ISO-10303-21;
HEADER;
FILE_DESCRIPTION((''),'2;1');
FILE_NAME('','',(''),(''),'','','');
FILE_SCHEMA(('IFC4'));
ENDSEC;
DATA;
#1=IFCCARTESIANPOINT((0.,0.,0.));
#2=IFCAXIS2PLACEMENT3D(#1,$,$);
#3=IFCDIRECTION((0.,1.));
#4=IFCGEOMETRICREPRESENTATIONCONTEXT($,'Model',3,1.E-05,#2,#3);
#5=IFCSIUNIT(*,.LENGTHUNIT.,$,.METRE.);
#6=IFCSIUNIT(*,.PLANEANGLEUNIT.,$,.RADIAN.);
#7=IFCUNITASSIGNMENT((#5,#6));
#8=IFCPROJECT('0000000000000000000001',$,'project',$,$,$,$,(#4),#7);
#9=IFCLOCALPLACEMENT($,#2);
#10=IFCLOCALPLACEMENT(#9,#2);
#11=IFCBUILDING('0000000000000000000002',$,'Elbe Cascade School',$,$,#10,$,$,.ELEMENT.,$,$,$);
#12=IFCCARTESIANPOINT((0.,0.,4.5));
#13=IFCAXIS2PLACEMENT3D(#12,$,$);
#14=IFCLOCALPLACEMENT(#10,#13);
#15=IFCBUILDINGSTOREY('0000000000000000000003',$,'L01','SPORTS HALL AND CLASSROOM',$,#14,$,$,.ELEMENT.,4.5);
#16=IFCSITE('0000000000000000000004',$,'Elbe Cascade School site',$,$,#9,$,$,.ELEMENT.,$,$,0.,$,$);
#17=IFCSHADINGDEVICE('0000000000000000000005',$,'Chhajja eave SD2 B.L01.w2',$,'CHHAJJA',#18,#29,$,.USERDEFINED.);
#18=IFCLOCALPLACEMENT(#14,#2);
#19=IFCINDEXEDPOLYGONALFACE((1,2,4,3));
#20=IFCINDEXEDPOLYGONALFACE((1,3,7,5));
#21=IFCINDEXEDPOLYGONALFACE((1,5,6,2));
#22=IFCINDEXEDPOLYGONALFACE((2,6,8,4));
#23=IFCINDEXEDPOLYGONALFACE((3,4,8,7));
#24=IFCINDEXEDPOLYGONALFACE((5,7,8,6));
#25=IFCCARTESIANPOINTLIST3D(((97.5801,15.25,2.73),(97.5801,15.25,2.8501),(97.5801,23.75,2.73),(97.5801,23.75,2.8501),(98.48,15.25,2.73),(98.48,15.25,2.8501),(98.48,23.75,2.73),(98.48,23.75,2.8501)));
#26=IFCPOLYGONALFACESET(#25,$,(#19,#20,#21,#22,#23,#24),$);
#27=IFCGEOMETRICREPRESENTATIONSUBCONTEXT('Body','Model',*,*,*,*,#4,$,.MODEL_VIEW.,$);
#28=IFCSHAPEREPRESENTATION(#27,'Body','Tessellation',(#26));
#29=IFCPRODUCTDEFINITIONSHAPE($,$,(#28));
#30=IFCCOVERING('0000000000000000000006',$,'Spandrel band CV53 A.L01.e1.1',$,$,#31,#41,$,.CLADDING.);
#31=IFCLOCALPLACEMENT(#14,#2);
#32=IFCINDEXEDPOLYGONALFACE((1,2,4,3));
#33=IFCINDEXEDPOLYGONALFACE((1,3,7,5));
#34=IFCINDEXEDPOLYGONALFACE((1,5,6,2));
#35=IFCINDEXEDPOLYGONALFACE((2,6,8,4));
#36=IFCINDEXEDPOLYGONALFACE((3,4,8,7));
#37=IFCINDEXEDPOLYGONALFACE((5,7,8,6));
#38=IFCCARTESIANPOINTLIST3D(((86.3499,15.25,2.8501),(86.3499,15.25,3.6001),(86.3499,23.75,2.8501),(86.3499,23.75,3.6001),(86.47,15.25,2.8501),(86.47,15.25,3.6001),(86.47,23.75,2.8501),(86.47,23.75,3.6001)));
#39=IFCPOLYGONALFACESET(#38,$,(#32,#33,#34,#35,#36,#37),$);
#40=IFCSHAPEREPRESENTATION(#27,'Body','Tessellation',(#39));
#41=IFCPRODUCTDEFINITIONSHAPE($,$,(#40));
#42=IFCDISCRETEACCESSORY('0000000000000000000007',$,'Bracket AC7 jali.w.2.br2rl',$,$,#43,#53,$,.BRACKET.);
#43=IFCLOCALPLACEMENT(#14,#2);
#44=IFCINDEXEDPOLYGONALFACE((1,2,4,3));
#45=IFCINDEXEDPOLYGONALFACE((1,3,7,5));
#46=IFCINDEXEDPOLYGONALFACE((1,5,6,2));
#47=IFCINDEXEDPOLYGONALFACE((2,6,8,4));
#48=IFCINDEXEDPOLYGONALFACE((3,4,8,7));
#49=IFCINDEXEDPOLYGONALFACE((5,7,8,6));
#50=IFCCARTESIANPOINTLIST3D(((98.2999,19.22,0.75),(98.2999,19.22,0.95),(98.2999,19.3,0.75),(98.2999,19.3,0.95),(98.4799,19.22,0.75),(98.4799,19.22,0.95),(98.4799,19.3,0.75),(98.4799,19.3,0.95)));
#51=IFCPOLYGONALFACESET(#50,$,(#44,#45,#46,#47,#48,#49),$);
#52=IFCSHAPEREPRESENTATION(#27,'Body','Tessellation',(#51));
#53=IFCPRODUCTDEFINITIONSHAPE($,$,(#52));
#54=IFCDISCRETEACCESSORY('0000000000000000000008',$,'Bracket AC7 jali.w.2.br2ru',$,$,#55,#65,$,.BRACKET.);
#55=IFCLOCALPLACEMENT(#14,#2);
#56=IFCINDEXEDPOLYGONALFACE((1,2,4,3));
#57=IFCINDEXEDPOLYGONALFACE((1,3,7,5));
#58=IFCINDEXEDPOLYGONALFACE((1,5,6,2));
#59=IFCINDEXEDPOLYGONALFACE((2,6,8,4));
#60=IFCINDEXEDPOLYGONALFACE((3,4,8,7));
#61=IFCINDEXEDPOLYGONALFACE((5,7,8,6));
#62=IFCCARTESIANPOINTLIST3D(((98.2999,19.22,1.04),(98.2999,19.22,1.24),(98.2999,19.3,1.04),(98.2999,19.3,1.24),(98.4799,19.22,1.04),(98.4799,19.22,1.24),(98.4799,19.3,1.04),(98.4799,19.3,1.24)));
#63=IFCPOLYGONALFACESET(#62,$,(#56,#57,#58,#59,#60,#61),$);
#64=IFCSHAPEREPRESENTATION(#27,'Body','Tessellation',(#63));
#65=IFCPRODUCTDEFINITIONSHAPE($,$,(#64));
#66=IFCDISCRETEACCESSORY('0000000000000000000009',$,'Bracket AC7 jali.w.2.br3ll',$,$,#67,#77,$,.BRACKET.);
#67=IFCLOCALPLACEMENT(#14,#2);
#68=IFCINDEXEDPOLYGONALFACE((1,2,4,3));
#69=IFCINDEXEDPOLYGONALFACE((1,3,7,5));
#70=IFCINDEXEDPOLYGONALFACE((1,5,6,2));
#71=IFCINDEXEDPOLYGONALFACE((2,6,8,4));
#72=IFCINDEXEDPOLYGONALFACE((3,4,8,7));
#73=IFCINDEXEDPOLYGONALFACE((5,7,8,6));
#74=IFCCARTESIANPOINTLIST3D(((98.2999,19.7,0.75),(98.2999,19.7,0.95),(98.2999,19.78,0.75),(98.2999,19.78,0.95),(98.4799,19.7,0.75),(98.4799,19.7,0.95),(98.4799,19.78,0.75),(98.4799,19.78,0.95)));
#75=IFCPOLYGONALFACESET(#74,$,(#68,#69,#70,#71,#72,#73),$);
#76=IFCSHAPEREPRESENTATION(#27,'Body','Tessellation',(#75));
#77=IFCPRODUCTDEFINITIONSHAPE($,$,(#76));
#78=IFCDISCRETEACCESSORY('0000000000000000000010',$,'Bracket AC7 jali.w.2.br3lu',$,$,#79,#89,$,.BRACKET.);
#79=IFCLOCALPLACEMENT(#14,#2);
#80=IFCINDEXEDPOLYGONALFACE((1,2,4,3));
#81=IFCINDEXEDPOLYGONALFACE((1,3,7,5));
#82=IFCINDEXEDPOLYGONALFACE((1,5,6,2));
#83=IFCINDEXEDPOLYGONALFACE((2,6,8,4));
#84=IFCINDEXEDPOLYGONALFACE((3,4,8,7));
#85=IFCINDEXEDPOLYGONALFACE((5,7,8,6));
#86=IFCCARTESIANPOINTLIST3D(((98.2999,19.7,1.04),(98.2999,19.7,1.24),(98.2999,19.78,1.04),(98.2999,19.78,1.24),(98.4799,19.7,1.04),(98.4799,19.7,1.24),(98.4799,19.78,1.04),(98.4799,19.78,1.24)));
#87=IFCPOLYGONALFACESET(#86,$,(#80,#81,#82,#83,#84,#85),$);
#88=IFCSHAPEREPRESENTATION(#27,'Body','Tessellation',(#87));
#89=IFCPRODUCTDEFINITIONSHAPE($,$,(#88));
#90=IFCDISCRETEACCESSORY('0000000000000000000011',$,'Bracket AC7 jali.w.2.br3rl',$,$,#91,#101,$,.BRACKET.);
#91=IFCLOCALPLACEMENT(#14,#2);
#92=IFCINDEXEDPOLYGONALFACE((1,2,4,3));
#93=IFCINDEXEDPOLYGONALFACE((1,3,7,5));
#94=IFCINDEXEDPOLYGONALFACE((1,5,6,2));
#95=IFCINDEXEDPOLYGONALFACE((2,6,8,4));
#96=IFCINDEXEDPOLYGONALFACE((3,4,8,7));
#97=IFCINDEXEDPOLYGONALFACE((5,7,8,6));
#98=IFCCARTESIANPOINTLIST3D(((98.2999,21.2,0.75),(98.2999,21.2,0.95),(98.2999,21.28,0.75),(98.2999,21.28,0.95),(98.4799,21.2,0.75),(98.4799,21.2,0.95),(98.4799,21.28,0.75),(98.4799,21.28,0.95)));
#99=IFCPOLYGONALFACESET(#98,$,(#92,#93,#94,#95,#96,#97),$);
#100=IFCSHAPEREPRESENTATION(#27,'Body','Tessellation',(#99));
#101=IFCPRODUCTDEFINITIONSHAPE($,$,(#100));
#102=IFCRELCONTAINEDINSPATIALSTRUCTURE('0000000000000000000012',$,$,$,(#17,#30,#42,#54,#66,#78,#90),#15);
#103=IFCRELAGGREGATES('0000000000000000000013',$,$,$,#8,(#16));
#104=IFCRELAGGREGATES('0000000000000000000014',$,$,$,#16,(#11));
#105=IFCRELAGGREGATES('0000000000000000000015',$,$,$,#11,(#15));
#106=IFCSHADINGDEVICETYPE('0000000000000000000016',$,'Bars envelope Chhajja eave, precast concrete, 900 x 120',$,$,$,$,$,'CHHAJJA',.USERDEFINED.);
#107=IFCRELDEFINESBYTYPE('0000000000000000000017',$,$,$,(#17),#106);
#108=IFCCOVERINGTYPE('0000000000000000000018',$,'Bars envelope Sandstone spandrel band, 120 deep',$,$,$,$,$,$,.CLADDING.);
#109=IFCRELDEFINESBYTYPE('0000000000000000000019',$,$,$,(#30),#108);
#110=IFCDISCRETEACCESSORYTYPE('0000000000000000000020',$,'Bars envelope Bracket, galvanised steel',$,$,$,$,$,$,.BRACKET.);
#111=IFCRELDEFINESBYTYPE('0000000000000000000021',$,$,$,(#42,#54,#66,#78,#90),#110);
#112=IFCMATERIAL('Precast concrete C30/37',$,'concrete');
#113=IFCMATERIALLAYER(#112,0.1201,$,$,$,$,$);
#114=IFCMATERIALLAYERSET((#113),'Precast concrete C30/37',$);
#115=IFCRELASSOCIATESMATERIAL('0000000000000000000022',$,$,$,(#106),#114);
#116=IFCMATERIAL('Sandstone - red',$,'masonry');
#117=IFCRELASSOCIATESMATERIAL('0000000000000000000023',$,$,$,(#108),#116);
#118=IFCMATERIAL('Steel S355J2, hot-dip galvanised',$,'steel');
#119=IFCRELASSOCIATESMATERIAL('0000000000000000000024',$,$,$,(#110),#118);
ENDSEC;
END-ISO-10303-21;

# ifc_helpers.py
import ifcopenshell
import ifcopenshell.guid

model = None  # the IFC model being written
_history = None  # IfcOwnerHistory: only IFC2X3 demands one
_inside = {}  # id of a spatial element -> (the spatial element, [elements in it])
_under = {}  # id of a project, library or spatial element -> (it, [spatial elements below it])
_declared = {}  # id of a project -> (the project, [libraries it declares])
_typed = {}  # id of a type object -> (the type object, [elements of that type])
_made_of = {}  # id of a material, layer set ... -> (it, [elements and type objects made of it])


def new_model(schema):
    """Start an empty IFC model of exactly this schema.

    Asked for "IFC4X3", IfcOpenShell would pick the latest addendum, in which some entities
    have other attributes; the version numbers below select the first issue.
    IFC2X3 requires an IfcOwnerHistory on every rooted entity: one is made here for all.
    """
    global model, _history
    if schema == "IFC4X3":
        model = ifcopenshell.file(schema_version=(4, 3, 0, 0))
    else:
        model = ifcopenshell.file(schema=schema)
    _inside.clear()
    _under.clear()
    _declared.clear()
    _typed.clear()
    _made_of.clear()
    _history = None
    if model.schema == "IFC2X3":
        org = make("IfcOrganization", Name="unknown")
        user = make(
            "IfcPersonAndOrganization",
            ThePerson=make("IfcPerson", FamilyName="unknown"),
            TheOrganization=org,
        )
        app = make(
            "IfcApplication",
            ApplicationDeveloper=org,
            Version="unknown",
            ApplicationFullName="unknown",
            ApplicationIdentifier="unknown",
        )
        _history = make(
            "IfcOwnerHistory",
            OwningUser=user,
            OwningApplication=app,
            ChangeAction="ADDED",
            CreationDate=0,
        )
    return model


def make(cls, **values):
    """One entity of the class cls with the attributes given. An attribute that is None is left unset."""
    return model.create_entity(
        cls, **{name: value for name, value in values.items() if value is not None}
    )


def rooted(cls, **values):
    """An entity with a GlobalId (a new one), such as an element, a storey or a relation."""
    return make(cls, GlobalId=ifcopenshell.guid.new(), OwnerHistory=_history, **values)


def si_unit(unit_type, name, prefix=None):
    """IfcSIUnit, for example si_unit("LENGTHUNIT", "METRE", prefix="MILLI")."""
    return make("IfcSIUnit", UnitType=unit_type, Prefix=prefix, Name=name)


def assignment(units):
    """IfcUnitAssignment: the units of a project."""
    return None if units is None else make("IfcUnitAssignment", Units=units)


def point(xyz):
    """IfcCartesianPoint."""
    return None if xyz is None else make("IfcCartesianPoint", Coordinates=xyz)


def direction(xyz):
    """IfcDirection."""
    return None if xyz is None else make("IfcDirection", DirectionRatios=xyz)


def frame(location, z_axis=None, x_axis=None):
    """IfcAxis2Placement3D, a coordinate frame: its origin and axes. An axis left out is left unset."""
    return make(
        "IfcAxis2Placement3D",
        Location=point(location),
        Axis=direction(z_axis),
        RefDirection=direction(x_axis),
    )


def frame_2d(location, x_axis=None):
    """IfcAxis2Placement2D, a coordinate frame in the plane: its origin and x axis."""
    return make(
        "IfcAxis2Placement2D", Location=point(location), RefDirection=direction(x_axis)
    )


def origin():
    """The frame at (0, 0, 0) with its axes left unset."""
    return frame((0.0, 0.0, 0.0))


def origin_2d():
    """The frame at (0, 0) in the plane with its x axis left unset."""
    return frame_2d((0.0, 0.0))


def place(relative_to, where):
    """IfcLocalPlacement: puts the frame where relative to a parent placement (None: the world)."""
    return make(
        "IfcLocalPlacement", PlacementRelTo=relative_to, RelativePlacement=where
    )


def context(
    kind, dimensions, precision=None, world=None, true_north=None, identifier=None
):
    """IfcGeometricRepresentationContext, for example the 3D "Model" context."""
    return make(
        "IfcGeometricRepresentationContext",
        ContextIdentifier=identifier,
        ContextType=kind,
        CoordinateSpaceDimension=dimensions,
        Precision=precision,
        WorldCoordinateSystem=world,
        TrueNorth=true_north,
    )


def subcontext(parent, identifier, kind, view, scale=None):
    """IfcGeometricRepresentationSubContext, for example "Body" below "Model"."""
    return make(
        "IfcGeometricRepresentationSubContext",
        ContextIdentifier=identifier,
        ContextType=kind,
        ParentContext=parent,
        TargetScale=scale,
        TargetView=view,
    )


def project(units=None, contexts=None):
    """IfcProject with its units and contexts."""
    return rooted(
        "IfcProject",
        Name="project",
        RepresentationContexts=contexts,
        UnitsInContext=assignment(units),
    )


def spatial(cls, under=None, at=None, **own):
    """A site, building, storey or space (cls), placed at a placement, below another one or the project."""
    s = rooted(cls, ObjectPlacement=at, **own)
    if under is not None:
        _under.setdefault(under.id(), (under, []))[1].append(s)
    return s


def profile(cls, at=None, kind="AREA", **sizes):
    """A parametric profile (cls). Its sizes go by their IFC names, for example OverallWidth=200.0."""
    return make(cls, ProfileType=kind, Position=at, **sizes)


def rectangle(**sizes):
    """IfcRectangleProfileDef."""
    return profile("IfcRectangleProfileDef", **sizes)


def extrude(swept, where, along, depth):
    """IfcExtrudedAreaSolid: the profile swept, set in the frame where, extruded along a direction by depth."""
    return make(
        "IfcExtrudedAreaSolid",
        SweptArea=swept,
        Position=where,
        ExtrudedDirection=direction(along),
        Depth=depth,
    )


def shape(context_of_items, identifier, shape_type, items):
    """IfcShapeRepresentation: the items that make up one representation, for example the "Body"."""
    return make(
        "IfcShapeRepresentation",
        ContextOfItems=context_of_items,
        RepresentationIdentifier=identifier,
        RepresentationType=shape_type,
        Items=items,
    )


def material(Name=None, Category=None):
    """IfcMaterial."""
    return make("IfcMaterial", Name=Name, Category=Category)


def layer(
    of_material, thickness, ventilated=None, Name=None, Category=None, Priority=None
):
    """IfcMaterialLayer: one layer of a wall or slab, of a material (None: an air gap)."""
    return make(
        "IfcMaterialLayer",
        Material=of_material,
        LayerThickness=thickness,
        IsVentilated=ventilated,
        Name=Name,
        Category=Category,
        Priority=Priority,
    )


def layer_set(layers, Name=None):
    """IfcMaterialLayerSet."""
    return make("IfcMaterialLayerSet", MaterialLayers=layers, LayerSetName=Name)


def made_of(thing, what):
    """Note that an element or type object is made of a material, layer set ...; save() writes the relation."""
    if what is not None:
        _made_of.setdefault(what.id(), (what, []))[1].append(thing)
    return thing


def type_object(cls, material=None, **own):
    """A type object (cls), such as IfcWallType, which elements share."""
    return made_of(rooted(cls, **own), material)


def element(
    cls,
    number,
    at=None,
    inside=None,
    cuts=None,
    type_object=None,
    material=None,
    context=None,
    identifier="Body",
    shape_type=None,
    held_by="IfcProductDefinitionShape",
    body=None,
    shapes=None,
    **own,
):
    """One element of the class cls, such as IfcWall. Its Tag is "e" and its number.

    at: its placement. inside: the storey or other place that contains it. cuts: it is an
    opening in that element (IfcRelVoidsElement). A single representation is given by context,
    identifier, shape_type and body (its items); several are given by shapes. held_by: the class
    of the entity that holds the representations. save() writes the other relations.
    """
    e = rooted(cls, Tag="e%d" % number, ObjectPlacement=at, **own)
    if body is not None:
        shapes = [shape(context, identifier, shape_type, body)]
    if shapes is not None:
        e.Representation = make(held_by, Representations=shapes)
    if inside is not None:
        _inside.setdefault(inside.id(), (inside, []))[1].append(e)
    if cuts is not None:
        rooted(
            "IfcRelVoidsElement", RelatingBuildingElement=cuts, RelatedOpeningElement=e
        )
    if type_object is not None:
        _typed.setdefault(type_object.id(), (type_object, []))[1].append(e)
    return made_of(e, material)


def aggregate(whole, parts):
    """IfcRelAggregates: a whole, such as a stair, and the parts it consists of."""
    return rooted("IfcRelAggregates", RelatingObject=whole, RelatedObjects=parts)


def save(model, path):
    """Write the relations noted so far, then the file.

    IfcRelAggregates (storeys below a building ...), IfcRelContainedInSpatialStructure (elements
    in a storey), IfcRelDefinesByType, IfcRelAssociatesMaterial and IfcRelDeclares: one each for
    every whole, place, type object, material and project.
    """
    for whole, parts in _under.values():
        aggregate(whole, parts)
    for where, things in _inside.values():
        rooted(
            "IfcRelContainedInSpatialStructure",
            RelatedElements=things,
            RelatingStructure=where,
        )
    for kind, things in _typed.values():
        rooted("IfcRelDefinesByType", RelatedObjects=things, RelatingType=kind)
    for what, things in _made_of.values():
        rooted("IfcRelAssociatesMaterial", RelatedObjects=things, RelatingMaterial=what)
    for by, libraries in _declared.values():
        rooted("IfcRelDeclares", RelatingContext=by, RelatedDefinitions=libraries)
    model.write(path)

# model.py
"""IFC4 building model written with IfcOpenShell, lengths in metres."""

from ifc_helpers import new_model, si_unit, direction, frame, origin, origin_2d, place, context, subcontext, project, spatial, rectangle, extrude, material, layer, layer_set, type_object, element, save


model = new_model("IFC4")

# Units and contexts
model_context = context("Model", 3, precision=1e-05, world=origin(), true_north=direction((0.0, 1.0)))
body_context = subcontext(model_context, "Body", "Model", "MODEL_VIEW")
ifc_project = project(units=[si_unit("LENGTHUNIT", "METRE"), si_unit("PLANEANGLEUNIT", "RADIAN")], contexts=[model_context])

# Site, building, storey
site_placement = place(None, origin())
site = spatial("IfcSite", under=ifc_project, at=site_placement, Name="Elbe Cascade School site", CompositionType="ELEMENT", RefElevation=0.0)
building_placement = place(site_placement, origin())
building = spatial("IfcBuilding", under=site, at=building_placement, Name="Elbe Cascade School", CompositionType="ELEMENT")
storey_placement = place(building_placement, frame((0.0, 0.0, 4.5)))
storey = spatial("IfcBuildingStorey", under=building, at=storey_placement, Name="L01", Description="SPORTS HALL AND CLASSROOM", CompositionType="ELEMENT", Elevation=4.5)

# Shading device
ifc_material_1 = material(Name="Precast concrete C30/37", Category="concrete")
ifc_layer_1 = layer(ifc_material_1, 0.1201)
ifc_layer_set_1 = layer_set([ifc_layer_1], Name="Precast concrete C30/37")
shading_device_type_1 = type_object("IfcShadingDeviceType", Name="Bars envelope Chhajja eave, precast concrete, 900 x 120", ElementType="CHHAJJA", PredefinedType="USERDEFINED", material=ifc_layer_set_1)
shading_device_1_placement = place(storey_placement, frame((98.03, 19.5, 2.73), z_axis=(0.0, 0.0, 1.0), x_axis=(0.0, 1.0, 0.0)))
element("IfcShadingDevice", 1, at=shading_device_1_placement, inside=storey, type_object=shading_device_type_1, Name="Chhajja eave SD2 B.L01.w2", ObjectType="CHHAJJA", PredefinedType="USERDEFINED", context=body_context, shape_type="SweptSolid", body=[
    extrude(rectangle(XDim=8.5, YDim=0.8999, at=origin_2d()), origin(), (0.0, 0.0, 1.0), 0.1201),
])

# Covering
ifc_material_2 = material(Name="Sandstone - red", Category="masonry")
covering_type = type_object("IfcCoveringType", Name="Bars envelope Sandstone spandrel band, 120 deep", PredefinedType="CLADDING", material=ifc_material_2)
covering_placement = place(storey_placement, frame((86.4099, 19.5, 2.8501), z_axis=(0.0, 0.0, 1.0), x_axis=(0.0, 1.0, 0.0)))
element("IfcCovering", 2, at=covering_placement, inside=storey, type_object=covering_type, Name="Spandrel band CV53 A.L01.e1.1", PredefinedType="CLADDING", context=body_context, shape_type="SweptSolid", body=[
    extrude(rectangle(XDim=8.5, YDim=0.1201, at=origin_2d()), origin(), (0.0, 0.0, 1.0), 0.75),
])

# Discrete accessories
ifc_material_3 = material(Name="Steel S355J2, hot-dip galvanised", Category="steel")
discrete_accessory_type = type_object("IfcDiscreteAccessoryType", Name="Bars envelope Bracket, galvanised steel", PredefinedType="BRACKET", material=ifc_material_3)
for number, where, z_axis, x_axis, name in (
    (3, (98.3899, 19.26, 0.75), (0.0, 0.0, 1.0), (0.0, 1.0, 0.0), "Bracket AC7 jali.w.2.br2rl"),
    (4, (98.3899, 19.26, 1.04), (0.0, 0.0, 1.0), (0.0, 1.0, 0.0), "Bracket AC7 jali.w.2.br2ru"),
    (5, (98.3899, 19.74, 0.75), (0.0, 0.0, 1.0), (0.0, 1.0, 0.0), "Bracket AC7 jali.w.2.br3ll"),
    (6, (98.3899, 19.74, 1.04), (0.0, 0.0, 1.0), (0.0, 1.0, 0.0), "Bracket AC7 jali.w.2.br3lu"),
    (7, (98.3899, 21.24, 0.75), (0.0, 0.0, 1.0), (0.0, 1.0, 0.0), "Bracket AC7 jali.w.2.br3rl"),
):
    element("IfcDiscreteAccessory", number, at=place(storey_placement, frame(where, z_axis=z_axis, x_axis=x_axis)), inside=storey, type_object=discrete_accessory_type, Name=name, PredefinedType="BRACKET", context=body_context, shape_type="SweptSolid", body=[
        extrude(rectangle(XDim=0.0801, YDim=0.1799, at=origin_2d()), origin(), (0.0, 0.0, 1.0), 0.2),
    ])

save(model, "model.ifc")
